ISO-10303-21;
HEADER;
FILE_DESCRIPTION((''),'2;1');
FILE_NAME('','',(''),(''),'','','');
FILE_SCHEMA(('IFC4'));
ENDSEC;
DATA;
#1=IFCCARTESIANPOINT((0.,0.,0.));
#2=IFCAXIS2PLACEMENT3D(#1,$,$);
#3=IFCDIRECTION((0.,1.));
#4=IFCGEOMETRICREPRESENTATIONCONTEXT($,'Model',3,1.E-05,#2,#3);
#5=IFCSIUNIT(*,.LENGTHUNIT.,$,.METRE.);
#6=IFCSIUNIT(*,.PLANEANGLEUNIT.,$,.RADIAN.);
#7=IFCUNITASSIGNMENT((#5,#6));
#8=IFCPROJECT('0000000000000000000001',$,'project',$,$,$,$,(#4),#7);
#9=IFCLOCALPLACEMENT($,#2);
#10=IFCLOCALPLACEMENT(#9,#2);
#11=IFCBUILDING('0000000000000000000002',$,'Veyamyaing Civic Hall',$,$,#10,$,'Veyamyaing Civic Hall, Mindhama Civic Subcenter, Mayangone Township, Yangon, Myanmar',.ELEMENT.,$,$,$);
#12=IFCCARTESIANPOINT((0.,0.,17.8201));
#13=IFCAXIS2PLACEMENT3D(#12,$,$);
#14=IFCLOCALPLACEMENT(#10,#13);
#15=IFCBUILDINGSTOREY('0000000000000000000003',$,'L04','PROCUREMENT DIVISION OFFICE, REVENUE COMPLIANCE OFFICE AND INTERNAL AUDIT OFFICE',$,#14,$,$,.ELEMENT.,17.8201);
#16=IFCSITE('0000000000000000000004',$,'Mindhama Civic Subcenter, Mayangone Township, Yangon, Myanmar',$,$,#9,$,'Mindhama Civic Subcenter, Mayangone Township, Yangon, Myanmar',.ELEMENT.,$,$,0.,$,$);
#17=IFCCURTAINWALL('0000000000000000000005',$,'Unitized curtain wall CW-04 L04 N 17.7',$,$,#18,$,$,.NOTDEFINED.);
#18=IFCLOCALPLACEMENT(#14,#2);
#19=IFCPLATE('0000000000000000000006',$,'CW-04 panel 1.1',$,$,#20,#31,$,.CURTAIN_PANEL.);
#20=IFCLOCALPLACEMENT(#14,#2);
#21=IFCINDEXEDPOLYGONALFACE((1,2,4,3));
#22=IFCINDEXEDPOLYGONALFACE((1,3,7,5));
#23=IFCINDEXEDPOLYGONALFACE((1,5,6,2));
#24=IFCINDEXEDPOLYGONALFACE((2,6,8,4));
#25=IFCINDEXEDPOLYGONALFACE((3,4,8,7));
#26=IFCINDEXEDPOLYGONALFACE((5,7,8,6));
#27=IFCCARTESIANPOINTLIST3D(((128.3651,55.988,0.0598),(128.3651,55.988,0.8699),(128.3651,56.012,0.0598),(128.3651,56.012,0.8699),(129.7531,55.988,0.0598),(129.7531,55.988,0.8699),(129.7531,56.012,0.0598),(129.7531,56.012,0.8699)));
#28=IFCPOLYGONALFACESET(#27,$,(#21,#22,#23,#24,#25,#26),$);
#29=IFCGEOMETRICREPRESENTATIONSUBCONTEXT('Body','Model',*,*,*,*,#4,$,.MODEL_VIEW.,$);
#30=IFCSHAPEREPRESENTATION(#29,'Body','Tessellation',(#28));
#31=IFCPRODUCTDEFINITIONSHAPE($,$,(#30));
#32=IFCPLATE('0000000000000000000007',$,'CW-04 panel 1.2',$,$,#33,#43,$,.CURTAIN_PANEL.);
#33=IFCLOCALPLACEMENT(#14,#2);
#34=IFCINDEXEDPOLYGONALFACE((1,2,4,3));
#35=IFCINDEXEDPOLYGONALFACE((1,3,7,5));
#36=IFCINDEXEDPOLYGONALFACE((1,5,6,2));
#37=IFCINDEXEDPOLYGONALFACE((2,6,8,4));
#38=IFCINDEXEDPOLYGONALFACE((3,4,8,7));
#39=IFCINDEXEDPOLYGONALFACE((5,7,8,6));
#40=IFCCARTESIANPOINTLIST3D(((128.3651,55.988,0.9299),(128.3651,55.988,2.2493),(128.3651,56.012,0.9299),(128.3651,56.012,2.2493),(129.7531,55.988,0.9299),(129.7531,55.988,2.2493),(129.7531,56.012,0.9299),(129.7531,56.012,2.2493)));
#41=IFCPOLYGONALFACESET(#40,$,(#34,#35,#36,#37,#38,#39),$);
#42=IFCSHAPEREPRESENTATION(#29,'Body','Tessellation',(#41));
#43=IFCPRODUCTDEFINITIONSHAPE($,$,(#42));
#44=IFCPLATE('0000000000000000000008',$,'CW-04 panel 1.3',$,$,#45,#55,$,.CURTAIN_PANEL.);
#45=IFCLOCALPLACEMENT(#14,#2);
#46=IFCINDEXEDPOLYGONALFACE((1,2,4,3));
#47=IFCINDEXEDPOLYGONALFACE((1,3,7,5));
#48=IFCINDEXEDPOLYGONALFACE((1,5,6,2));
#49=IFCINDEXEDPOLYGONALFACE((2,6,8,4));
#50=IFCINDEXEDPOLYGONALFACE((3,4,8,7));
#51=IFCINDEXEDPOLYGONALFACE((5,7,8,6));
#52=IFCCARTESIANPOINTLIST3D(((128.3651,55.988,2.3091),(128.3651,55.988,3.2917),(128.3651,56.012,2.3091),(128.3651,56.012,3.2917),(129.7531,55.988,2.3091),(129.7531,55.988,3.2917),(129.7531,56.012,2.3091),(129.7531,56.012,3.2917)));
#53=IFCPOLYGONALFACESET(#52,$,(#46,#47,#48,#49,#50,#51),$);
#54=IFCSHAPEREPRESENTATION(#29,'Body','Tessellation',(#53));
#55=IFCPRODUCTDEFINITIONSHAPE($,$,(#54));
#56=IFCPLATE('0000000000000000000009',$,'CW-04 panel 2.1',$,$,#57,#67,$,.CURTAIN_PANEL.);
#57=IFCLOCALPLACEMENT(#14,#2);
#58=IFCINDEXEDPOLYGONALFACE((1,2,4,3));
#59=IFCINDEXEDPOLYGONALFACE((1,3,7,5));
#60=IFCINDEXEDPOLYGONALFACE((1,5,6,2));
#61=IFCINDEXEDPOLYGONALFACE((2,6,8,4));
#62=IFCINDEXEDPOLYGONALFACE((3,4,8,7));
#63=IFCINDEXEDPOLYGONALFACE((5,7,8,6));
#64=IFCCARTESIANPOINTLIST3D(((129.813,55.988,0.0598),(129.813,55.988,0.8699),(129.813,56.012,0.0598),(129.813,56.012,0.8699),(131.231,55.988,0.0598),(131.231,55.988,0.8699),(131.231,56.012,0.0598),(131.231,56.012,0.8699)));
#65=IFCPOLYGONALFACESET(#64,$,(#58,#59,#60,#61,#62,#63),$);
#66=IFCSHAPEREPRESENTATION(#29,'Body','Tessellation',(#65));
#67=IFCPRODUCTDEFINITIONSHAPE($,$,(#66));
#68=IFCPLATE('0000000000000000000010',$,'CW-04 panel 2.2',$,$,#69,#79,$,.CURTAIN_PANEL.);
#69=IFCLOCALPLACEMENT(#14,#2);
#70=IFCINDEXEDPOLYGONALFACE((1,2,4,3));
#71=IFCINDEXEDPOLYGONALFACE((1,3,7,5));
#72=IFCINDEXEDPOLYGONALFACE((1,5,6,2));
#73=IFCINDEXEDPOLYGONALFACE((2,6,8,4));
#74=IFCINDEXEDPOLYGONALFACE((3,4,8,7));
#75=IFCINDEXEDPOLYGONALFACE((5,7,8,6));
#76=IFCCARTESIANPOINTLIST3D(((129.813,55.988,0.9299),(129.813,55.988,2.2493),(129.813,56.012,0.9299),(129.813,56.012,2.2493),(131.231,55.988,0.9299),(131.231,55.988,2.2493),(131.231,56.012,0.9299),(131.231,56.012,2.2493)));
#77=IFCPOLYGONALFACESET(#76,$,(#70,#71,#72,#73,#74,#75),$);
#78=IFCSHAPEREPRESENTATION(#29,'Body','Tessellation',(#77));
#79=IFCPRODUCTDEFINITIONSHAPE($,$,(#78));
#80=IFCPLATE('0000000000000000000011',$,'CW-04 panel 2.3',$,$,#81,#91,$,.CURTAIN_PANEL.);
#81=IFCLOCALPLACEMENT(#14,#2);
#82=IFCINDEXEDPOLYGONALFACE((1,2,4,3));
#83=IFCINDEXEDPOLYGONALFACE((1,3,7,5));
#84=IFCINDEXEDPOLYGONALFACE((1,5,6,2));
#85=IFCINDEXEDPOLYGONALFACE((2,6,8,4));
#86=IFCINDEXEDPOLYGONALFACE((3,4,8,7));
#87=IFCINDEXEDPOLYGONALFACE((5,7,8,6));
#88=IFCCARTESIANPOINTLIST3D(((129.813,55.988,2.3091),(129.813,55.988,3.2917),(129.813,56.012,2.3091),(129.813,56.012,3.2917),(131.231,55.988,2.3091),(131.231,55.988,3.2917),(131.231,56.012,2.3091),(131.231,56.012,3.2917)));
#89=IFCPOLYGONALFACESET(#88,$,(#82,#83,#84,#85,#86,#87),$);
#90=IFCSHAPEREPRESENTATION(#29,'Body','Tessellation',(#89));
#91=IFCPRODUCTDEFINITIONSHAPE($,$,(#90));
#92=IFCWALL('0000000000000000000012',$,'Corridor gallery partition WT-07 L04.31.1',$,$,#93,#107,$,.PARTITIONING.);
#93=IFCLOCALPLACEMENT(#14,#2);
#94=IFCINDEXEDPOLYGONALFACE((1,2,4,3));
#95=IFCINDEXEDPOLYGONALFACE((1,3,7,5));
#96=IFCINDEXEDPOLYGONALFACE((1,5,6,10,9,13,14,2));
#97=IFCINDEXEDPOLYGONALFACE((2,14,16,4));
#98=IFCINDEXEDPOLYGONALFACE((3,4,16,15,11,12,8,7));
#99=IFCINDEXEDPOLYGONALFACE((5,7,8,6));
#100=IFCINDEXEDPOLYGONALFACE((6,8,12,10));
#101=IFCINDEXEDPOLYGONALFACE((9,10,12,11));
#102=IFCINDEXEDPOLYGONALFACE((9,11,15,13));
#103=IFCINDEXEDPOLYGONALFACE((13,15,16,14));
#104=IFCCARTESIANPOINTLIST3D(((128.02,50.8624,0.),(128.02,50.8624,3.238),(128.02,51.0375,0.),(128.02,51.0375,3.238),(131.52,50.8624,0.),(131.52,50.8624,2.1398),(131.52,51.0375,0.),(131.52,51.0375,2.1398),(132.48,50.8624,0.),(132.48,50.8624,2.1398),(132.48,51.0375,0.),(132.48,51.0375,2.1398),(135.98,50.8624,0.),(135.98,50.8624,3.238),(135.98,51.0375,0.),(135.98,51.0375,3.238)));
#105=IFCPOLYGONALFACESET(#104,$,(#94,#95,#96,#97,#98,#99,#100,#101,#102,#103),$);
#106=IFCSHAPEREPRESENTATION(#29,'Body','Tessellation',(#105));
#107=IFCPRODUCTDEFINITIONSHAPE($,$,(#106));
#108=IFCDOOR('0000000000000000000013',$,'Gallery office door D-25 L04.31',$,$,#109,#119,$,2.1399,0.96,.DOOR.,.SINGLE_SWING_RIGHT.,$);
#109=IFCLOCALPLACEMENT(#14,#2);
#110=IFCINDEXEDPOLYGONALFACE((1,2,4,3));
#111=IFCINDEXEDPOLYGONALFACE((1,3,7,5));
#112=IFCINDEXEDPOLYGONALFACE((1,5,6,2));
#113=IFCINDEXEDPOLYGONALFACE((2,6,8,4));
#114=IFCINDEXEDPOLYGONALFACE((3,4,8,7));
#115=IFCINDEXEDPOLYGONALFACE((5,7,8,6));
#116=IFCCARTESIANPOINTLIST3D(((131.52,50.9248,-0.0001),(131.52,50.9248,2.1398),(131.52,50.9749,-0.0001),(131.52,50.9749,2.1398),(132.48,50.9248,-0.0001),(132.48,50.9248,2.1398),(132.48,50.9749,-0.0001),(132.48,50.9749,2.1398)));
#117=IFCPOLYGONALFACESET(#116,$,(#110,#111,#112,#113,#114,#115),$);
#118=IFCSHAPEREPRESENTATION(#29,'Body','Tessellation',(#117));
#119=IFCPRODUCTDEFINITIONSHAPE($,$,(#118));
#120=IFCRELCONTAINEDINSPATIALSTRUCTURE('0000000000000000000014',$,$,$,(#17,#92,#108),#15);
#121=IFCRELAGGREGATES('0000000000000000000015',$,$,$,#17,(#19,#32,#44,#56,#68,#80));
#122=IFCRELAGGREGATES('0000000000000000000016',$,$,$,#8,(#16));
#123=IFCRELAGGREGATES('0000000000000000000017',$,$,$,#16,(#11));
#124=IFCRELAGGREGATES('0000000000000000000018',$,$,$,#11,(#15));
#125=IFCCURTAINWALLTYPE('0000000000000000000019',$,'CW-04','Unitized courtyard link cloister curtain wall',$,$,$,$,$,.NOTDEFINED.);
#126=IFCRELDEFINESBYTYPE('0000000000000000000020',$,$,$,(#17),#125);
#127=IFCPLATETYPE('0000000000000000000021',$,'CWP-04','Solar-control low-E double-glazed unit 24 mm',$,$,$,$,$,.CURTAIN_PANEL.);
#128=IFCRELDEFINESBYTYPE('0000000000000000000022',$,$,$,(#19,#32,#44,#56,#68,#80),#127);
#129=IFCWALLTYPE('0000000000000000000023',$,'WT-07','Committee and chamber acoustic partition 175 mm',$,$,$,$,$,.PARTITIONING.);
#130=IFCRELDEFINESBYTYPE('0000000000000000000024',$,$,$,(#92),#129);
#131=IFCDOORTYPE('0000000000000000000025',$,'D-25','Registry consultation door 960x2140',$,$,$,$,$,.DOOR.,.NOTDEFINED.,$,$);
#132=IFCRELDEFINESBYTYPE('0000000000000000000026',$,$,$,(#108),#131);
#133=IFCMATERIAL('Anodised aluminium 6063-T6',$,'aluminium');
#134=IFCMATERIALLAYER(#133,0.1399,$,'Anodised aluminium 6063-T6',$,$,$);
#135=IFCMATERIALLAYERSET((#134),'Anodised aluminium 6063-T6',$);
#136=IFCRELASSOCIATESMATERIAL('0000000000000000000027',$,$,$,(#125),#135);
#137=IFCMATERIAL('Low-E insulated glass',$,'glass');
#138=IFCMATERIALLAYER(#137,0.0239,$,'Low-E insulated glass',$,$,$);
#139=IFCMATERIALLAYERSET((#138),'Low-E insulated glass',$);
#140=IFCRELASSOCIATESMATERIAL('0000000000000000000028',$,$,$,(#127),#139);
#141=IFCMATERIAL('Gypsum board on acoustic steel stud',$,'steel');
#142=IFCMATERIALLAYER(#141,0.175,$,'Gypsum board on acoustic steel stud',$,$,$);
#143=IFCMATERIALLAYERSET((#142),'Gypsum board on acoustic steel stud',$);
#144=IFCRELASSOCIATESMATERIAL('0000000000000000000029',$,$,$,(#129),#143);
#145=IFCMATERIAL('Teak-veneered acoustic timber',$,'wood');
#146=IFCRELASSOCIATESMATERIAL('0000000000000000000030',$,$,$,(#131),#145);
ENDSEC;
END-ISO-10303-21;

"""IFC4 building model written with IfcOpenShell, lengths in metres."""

from ifc_helpers import new_model, si_unit, direction, frame, frame_2d, origin, origin_2d, place, context, subcontext, project, spatial, rectangle, extrude, material, layer, layer_set, type_object, element, fill, aggregate, save


model = new_model("IFC4")

# Units and contexts
model_context = context("Model", 3, precision=1e-05, world=origin(), true_north=direction((0.0, 1.0)))
body_context = subcontext(model_context, "Body", "Model", "MODEL_VIEW")
ifc_project = project(units=[si_unit("LENGTHUNIT", "METRE"), si_unit("PLANEANGLEUNIT", "RADIAN")], contexts=[model_context])

# Site, building, storey
site_placement = place(None, origin())
site = spatial("IfcSite", under=ifc_project, at=site_placement, Name="Mindhama Civic Subcenter, Mayangone Township, Yangon, Myanmar", LongName="Mindhama Civic Subcenter, Mayangone Township, Yangon, Myanmar", CompositionType="ELEMENT", RefElevation=0.0)
building_placement = place(site_placement, origin())
building = spatial("IfcBuilding", under=site, at=building_placement, Name="Veyamyaing Civic Hall", LongName="Veyamyaing Civic Hall, Mindhama Civic Subcenter, Mayangone Township, Yangon, Myanmar", CompositionType="ELEMENT")
storey_placement = place(building_placement, frame((0.0, 0.0, 17.8201)))
storey = spatial("IfcBuildingStorey", under=building, at=storey_placement, Name="L04", Description="PROCUREMENT DIVISION OFFICE, REVENUE COMPLIANCE OFFICE AND INTERNAL AUDIT OFFICE", CompositionType="ELEMENT", Elevation=17.8201)

# Shared definitions
ifc_material_1 = material(Name="Anodised aluminium 6063-T6", Category="aluminium")
ifc_layer_1 = layer(ifc_material_1, 0.1399, Name="Anodised aluminium 6063-T6")
ifc_layer_set_1 = layer_set([ifc_layer_1], Name="Anodised aluminium 6063-T6")
curtain_wall_type = type_object("IfcCurtainWallType", Name="CW-04", Description="Unitized courtyard link cloister curtain wall", PredefinedType="NOTDEFINED", material=ifc_layer_set_1)

# Curtain wall
curtain_wall_1_placement = place(storey_placement, origin())
curtain_wall_1 = element("IfcCurtainWall", 1, at=curtain_wall_1_placement, inside=storey, type_object=curtain_wall_type, Name="Unitized curtain wall CW-04 L04 N 17.7", PredefinedType="NOTDEFINED")

# Plates
ifc_material_2 = material(Name="Low-E insulated glass", Category="glass")
ifc_layer_2 = layer(ifc_material_2, 0.0239, Name="Low-E insulated glass")
ifc_layer_set_2 = layer_set([ifc_layer_2], Name="Low-E insulated glass")
plate_type_1 = type_object("IfcPlateType", Name="CWP-04", Description="Solar-control low-E double-glazed unit 24 mm", PredefinedType="CURTAIN_PANEL", material=ifc_layer_set_2)
plate_1_placement = place(storey_placement, frame((129.0591, 56.0, 0.0598), z_axis=(0.0, 0.0, 1.0), x_axis=(1.0, 0.0, 0.0)))
plate_1 = element("IfcPlate", 2, at=plate_1_placement, type_object=plate_type_1, Name="CW-04 panel 1.1", PredefinedType="CURTAIN_PANEL", context=body_context, shape_type="SweptSolid", body=[
    extrude(rectangle(XDim=1.3879, YDim=0.0239, at=origin_2d()), origin(), (0.0, 0.0, 1.0), 0.8101),
])
plate_2_placement = place(storey_placement, frame((129.0591, 56.0, 0.9299), z_axis=(0.0, 0.0, 1.0), x_axis=(1.0, 0.0, 0.0)))
plate_2 = element("IfcPlate", 3, at=plate_2_placement, type_object=plate_type_1, Name="CW-04 panel 1.2", PredefinedType="CURTAIN_PANEL", context=body_context, shape_type="SweptSolid", body=[
    extrude(rectangle(XDim=1.3879, YDim=0.0239, at=origin_2d()), origin(), (0.0, 0.0, 1.0), 1.3193),
])
plate_3_placement = place(storey_placement, frame((129.0591, 56.0, 2.3091), z_axis=(0.0, 0.0, 1.0), x_axis=(1.0, 0.0, 0.0)))
plate_3 = element("IfcPlate", 4, at=plate_3_placement, type_object=plate_type_1, Name="CW-04 panel 1.3", PredefinedType="CURTAIN_PANEL", context=body_context, shape_type="SweptSolid", body=[
    extrude(rectangle(XDim=1.3879, YDim=0.0239, at=origin_2d()), origin(), (0.0, 0.0, 1.0), 0.9827),
])
plate_4_placement = place(storey_placement, frame((130.522, 56.0, 0.0598), z_axis=(0.0, 0.0, 1.0), x_axis=(1.0, 0.0, 0.0)))
plate_4 = element("IfcPlate", 5, at=plate_4_placement, type_object=plate_type_1, Name="CW-04 panel 2.1", PredefinedType="CURTAIN_PANEL", context=body_context, shape_type="SweptSolid", body=[
    extrude(rectangle(XDim=1.418, YDim=0.0239, at=origin_2d()), origin(), (0.0, 0.0, 1.0), 0.8101),
])
plate_5_placement = place(storey_placement, frame((130.522, 56.0, 0.9299), z_axis=(0.0, 0.0, 1.0), x_axis=(1.0, 0.0, 0.0)))
plate_5 = element("IfcPlate", 6, at=plate_5_placement, type_object=plate_type_1, Name="CW-04 panel 2.2", PredefinedType="CURTAIN_PANEL", context=body_context, shape_type="SweptSolid", body=[
    extrude(rectangle(XDim=1.418, YDim=0.0239, at=origin_2d()), origin(), (0.0, 0.0, 1.0), 1.3193),
])
plate_6_placement = place(storey_placement, frame((130.522, 56.0, 2.3091), z_axis=(0.0, 0.0, 1.0), x_axis=(1.0, 0.0, 0.0)))
plate_6 = element("IfcPlate", 7, at=plate_6_placement, type_object=plate_type_1, Name="CW-04 panel 2.3", PredefinedType="CURTAIN_PANEL", context=body_context, shape_type="SweptSolid", body=[
    extrude(rectangle(XDim=1.418, YDim=0.0239, at=origin_2d()), origin(), (0.0, 0.0, 1.0), 0.9827),
])
aggregate(curtain_wall_1, [plate_1, plate_2, plate_3, plate_4, plate_5, plate_6])

# Wall, opening, door
ifc_material_3 = material(Name="Gypsum board on acoustic steel stud", Category="steel")
ifc_layer_3 = layer(ifc_material_3, 0.175, Name="Gypsum board on acoustic steel stud")
ifc_layer_set_3 = layer_set([ifc_layer_3], Name="Gypsum board on acoustic steel stud")
wall_type = type_object("IfcWallType", Name="WT-07", Description="Committee and chamber acoustic partition 175 mm", PredefinedType="PARTITIONING", material=ifc_layer_set_3)
wall_placement = place(storey_placement, frame((128.02, 50.95, 0.0), z_axis=(0.0, 0.0, 1.0), x_axis=(1.0, 0.0, 0.0)))
wall = element("IfcWall", 8, at=wall_placement, inside=storey, type_object=wall_type, Name="Corridor gallery partition WT-07 L04.31.1", PredefinedType="PARTITIONING", context=body_context, shape_type="SweptSolid", body=[
    extrude(rectangle(XDim=7.96, YDim=0.175, at=frame_2d((3.98, 0.0))), origin(), (0.0, 0.0, 1.0), 3.238),
])
opening_placement = place(wall_placement, frame((3.5, 0.0, 0.0)))
opening = element("IfcOpeningElement", 9, at=opening_placement, cuts=wall, PredefinedType="OPENING", context=body_context, shape_type="SweptSolid", body=[
    extrude(rectangle(XDim=0.96, YDim=2.1399, at=frame_2d((0.48, 1.0698))), frame((0.0, 0.0974, 0.0), z_axis=(0.0, -1.0, 0.0), x_axis=(1.0, 0.0, 0.0)), (0.0, 0.0, 1.0), 0.1951),
])
ifc_material_4 = material(Name="Teak-veneered acoustic timber", Category="wood")
door_type = type_object("IfcDoorType", Name="D-25", Description="Registry consultation door 960x2140", OperationType="NOTDEFINED", PredefinedType="DOOR", material=ifc_material_4)
door_placement = place(opening_placement, origin())
door = element("IfcDoor", 10, at=door_placement, inside=storey, type_object=door_type, Name="Gallery office door D-25 L04.31", OperationType="SINGLE_SWING_RIGHT", OverallHeight=2.1399, OverallWidth=0.96, PredefinedType="DOOR", context=body_context, shape_type="SweptSolid", body=[
    extrude(rectangle(XDim=0.96, YDim=2.1399, at=frame_2d((0.48, 1.0698))), frame((0.0, 0.0249, 0.0), z_axis=(0.0, -1.0, 0.0), x_axis=(1.0, 0.0, 0.0)), (0.0, 0.0, 1.0), 0.05),
])
fill(opening, door)

save(model, "model.ifc")
